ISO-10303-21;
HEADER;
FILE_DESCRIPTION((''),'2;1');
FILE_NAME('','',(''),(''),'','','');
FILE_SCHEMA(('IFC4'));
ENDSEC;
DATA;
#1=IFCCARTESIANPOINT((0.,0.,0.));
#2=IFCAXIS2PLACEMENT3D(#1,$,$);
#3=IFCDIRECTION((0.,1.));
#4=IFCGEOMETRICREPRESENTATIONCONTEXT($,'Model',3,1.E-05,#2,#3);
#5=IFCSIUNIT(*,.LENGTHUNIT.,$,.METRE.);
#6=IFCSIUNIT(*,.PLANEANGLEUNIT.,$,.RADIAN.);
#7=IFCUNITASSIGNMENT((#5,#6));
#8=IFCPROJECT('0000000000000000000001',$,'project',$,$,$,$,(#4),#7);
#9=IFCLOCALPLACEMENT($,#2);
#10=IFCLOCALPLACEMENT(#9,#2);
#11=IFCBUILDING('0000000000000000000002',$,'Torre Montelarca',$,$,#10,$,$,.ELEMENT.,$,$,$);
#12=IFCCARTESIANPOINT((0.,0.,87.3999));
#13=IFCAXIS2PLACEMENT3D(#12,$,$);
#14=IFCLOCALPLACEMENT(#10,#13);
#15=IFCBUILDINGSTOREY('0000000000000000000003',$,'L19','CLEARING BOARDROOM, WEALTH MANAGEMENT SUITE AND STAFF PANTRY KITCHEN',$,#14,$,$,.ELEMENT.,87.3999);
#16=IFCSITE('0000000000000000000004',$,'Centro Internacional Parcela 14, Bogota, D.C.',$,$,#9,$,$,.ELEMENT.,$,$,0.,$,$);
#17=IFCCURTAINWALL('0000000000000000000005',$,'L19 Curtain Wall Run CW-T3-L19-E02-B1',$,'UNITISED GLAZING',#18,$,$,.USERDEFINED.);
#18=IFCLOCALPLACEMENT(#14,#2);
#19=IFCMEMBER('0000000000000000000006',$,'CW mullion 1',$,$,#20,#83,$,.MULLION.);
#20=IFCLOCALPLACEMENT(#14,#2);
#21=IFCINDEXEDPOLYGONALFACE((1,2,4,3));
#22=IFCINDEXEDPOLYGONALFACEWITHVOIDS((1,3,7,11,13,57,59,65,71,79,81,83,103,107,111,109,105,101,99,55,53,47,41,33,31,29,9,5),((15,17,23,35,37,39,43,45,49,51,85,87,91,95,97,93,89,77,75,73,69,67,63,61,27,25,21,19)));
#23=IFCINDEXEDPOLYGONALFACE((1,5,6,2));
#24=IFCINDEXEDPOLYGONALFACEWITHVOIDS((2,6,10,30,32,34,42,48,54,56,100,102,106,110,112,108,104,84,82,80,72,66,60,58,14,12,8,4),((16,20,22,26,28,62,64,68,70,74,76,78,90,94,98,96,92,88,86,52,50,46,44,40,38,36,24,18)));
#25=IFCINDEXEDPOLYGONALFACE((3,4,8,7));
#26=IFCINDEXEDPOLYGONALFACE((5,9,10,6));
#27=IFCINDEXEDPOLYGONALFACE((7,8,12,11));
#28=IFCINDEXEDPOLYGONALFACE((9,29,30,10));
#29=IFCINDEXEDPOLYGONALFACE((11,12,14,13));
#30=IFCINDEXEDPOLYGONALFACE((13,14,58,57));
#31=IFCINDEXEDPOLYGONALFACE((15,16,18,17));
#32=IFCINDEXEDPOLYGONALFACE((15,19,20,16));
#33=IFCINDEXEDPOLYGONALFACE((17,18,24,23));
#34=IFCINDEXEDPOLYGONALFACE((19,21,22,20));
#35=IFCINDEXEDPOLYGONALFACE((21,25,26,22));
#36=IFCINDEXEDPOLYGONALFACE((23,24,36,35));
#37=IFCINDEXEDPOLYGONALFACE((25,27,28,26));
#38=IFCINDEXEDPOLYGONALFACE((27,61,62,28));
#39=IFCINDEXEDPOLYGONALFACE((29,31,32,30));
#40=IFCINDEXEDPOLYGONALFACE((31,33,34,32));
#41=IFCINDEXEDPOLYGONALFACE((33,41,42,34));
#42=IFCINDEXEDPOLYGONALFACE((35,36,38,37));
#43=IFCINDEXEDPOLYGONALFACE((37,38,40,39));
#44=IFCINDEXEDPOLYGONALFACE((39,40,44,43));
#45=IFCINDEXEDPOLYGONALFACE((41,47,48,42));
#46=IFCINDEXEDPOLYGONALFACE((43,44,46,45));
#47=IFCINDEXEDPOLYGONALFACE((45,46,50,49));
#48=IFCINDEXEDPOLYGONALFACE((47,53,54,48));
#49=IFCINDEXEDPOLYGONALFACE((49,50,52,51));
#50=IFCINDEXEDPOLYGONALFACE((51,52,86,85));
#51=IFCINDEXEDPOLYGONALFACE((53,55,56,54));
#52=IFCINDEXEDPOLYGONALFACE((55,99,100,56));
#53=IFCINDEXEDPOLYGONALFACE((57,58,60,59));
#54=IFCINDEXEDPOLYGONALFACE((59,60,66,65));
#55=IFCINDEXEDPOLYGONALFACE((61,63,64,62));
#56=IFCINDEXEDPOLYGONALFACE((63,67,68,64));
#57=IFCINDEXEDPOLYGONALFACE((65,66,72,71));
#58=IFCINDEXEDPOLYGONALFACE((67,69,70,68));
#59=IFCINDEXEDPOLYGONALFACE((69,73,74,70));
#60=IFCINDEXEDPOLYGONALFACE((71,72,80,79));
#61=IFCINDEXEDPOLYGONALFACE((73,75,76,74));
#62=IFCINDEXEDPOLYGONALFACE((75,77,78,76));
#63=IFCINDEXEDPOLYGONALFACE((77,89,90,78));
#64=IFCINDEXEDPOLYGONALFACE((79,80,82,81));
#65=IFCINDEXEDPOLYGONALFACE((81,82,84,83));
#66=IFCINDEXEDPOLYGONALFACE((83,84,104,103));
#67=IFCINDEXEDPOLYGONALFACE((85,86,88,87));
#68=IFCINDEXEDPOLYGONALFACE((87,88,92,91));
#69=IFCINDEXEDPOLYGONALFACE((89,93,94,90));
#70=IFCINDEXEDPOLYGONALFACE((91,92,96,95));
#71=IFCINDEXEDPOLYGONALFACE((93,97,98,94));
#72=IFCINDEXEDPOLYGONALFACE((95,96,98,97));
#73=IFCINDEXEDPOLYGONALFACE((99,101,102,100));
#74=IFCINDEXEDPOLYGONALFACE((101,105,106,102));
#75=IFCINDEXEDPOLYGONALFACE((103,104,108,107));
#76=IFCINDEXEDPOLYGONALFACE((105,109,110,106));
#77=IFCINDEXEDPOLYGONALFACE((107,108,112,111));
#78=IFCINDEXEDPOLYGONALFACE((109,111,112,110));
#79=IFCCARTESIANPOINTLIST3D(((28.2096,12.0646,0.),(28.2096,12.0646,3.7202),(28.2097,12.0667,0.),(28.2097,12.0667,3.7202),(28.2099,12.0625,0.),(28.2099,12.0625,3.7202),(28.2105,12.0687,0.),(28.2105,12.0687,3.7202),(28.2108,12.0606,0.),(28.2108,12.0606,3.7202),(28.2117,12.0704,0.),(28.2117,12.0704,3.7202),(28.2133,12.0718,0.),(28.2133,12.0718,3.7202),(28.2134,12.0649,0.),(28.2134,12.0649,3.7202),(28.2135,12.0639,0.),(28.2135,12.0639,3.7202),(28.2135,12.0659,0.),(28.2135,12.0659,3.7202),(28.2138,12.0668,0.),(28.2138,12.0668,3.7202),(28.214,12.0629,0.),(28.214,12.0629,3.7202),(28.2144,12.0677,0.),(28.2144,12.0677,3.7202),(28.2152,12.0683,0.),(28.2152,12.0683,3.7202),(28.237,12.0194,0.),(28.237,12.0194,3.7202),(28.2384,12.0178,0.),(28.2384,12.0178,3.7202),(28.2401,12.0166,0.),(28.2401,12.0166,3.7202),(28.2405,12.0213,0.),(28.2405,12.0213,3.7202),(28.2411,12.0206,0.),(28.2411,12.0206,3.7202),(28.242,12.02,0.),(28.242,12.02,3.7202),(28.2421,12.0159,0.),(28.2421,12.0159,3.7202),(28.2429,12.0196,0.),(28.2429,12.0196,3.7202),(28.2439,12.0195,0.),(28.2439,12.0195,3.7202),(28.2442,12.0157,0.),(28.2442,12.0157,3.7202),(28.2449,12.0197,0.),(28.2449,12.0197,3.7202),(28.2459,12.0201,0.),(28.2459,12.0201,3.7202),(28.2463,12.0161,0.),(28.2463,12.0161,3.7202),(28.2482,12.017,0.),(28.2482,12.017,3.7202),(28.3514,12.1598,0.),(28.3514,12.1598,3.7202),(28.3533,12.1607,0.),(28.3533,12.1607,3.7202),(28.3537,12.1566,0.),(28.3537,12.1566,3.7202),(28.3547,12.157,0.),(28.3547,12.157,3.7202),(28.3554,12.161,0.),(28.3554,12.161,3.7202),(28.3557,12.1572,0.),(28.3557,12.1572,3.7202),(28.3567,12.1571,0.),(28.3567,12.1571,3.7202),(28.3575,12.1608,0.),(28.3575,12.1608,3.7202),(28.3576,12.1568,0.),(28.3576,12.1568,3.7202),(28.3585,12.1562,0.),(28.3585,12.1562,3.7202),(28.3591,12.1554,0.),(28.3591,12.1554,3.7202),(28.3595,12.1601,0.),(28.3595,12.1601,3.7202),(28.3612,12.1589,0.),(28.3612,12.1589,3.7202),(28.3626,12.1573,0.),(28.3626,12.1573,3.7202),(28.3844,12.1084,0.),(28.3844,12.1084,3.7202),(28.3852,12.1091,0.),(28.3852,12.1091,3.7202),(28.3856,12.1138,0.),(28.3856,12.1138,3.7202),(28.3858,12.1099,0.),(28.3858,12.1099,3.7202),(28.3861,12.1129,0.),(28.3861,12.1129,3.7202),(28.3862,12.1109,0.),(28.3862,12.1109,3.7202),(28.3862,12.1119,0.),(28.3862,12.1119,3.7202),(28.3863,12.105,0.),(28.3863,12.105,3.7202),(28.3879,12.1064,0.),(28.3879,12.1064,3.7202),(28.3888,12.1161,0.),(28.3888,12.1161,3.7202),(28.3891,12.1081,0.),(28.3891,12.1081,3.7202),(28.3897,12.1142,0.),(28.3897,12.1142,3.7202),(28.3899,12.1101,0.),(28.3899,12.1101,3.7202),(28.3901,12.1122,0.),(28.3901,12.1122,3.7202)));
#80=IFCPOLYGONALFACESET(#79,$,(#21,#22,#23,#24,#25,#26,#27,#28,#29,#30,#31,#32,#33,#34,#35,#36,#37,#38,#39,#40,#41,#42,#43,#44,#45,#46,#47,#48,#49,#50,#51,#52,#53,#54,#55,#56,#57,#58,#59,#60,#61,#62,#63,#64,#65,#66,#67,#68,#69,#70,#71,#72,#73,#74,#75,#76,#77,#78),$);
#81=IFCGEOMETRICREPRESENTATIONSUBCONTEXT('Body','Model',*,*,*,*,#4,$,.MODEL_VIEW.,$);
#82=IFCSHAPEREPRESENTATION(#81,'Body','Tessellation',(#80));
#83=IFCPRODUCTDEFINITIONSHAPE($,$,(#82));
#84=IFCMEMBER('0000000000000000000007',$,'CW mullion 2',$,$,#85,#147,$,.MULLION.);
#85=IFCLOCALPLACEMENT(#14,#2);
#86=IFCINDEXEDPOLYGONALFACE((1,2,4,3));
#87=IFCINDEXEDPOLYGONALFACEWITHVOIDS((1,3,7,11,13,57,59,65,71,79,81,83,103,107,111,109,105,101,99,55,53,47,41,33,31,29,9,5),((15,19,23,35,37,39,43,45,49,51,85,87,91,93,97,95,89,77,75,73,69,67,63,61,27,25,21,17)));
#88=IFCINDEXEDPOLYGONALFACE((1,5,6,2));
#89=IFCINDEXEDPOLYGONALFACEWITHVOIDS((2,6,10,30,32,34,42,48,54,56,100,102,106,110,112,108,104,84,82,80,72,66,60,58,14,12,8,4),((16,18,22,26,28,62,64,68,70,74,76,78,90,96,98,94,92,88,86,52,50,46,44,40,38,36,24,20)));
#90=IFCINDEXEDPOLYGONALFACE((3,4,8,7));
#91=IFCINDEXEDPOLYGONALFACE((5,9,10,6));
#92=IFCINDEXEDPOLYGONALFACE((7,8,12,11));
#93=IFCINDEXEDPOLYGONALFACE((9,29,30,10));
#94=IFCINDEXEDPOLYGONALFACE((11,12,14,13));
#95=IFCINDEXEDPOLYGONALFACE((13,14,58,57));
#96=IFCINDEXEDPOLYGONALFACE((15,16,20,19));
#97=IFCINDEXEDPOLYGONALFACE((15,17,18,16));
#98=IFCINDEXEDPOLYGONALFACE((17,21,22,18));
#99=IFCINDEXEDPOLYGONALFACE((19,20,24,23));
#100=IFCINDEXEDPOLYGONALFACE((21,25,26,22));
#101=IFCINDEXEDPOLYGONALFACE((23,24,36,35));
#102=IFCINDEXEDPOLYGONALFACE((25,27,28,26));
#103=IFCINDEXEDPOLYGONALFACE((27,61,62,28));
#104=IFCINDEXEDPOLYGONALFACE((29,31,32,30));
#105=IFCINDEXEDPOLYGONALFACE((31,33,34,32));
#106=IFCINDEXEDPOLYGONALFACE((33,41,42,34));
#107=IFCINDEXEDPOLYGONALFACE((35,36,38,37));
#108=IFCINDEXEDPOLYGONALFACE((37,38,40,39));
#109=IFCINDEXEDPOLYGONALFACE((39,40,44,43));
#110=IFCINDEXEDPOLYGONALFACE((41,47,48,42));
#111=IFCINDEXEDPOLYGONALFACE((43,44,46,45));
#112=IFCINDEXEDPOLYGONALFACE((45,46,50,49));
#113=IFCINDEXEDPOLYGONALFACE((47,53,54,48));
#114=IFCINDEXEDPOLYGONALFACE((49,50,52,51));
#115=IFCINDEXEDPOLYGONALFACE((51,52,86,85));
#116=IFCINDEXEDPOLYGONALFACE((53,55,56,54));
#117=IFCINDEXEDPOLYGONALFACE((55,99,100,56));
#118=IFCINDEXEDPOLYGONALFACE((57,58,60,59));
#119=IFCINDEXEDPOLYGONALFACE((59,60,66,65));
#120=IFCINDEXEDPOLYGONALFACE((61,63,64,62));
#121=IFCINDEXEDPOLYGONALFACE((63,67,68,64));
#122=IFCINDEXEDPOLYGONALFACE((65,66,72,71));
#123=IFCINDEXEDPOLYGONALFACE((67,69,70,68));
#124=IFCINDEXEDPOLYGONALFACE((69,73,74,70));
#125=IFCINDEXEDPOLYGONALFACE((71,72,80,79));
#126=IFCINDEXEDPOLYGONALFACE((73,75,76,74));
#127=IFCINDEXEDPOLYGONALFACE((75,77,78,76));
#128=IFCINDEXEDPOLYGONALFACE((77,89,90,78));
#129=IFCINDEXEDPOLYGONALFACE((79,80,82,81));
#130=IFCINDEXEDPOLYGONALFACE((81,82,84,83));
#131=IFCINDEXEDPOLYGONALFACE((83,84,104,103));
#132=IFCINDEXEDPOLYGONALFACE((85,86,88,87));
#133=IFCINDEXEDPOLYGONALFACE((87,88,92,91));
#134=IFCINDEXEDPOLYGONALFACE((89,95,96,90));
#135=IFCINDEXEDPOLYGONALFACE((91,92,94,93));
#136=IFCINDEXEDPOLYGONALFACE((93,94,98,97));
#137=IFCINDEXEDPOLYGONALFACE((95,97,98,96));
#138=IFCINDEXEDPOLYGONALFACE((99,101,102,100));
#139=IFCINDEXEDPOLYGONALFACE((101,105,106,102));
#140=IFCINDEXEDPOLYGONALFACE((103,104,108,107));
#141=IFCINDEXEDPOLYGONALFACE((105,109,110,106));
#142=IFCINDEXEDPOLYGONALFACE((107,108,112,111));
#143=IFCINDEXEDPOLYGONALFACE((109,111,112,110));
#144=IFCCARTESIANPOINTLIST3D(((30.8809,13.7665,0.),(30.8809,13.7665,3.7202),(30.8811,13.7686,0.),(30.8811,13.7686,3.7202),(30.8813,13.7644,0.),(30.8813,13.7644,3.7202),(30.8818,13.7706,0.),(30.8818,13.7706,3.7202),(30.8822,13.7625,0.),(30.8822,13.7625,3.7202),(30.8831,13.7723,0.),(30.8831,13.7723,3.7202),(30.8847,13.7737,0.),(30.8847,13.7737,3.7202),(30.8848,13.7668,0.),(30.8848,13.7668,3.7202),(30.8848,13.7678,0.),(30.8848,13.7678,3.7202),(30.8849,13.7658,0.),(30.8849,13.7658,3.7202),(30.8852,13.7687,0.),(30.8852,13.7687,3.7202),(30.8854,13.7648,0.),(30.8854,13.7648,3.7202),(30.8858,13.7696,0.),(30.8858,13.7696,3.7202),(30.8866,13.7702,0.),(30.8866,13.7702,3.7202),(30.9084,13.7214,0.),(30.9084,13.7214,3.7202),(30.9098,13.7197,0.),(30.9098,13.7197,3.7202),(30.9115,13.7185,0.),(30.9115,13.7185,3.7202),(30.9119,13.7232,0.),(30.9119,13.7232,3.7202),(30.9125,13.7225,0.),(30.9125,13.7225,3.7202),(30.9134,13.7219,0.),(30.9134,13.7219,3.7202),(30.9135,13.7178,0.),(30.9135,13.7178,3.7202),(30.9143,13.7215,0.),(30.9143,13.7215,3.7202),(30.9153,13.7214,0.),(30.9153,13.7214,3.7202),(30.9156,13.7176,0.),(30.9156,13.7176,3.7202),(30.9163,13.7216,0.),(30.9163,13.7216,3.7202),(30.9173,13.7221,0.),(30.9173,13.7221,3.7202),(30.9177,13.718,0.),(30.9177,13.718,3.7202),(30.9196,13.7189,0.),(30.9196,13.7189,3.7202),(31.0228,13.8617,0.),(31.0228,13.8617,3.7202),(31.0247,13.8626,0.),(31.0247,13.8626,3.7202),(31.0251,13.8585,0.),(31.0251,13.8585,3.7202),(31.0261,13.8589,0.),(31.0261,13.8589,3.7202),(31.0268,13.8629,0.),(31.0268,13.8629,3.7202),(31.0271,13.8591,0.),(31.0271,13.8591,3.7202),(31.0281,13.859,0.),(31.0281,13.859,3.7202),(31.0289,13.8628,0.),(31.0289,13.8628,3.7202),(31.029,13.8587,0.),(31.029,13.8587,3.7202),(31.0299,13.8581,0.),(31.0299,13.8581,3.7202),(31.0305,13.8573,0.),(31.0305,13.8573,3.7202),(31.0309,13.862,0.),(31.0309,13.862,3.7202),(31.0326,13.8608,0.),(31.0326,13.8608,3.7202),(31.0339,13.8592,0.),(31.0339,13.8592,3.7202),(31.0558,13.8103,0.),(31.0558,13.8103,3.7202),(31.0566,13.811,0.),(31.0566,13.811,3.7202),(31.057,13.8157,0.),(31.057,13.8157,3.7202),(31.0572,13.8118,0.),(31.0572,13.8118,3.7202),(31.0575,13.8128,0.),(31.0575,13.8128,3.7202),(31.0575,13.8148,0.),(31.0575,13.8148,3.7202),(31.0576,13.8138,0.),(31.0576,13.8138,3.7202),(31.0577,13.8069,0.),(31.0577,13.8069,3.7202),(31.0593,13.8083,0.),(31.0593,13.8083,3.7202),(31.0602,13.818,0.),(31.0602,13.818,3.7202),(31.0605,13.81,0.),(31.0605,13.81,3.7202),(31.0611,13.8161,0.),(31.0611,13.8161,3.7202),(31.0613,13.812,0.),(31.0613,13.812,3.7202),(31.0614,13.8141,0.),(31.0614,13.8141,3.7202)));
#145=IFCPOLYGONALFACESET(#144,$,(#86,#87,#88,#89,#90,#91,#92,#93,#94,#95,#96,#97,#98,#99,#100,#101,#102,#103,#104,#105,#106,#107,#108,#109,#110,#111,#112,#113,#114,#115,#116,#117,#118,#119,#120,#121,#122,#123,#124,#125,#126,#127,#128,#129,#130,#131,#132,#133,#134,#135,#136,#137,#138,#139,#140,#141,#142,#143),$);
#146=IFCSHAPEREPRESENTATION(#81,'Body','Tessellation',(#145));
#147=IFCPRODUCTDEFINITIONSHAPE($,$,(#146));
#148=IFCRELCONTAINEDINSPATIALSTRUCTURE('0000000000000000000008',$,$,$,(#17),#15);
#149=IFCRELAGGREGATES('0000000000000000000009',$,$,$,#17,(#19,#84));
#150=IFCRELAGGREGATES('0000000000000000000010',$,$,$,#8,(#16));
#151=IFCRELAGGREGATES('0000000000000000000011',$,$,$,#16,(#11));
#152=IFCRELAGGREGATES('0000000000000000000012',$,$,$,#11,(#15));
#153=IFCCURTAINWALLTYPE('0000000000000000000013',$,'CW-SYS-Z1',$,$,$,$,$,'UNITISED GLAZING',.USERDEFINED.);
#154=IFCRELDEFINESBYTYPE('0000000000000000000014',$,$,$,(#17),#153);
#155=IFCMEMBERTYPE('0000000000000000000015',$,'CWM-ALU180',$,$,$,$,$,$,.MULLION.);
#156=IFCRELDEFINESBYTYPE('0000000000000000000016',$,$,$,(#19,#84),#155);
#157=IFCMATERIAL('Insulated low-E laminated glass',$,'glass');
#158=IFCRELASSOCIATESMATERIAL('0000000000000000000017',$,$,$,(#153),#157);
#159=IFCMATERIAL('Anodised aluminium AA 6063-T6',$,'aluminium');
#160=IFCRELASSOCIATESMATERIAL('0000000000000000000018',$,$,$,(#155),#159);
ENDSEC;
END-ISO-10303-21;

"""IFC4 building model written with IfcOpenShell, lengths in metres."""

from ifc_helpers import new_model, si_unit, direction, frame, origin, origin_2d, place, context, subcontext, project, spatial, hollow_rectangle, extrude, source, transform, mapped, material, material_profile, profile_set, type_object, element, aggregate, save


model = new_model("IFC4")

# Units and contexts
model_context = context("Model", 3, precision=1e-05, world=origin(), true_north=direction((0.0, 1.0)))
body_context = subcontext(model_context, "Body", "Model", "MODEL_VIEW")
ifc_project = project(units=[si_unit("LENGTHUNIT", "METRE"), si_unit("PLANEANGLEUNIT", "RADIAN")], contexts=[model_context])

# Site, building, storey
site_placement = place(None, origin())
site = spatial("IfcSite", under=ifc_project, at=site_placement, Name="Centro Internacional Parcela 14, Bogota, D.C.", CompositionType="ELEMENT", RefElevation=0.0)
building_placement = place(site_placement, origin())
building = spatial("IfcBuilding", under=site, at=building_placement, Name="Torre Montelarca", CompositionType="ELEMENT")
storey_placement = place(building_placement, frame((0.0, 0.0, 87.3999)))
storey = spatial("IfcBuildingStorey", under=building, at=storey_placement, Name="L19", Description="CLEARING BOARDROOM, WEALTH MANAGEMENT SUITE AND STAFF PANTRY KITCHEN", CompositionType="ELEMENT", Elevation=87.3999)

# Curtain wall
ifc_material_1 = material(Name="Insulated low-E laminated glass", Category="glass")
curtain_wall_type = type_object("IfcCurtainWallType", Name="CW-SYS-Z1", ElementType="UNITISED GLAZING", PredefinedType="USERDEFINED", material=ifc_material_1)
ifc_material_2 = material(Name="Anodised aluminium AA 6063-T6", Category="aluminium")
curtain_wall_1_placement = place(storey_placement, origin())
curtain_wall_1 = element("IfcCurtainWall", 1, at=curtain_wall_1_placement, inside=storey, type_object=curtain_wall_type, Name="L19 Curtain Wall Run CW-T3-L19-E02-B1", ObjectType="UNITISED GLAZING", PredefinedType="USERDEFINED")

# Shared definitions
ifc_material_profile_1 = material_profile(ifc_material_2, hollow_rectangle(XDim=0.0649, YDim=0.1799, WallThickness=0.0039, InnerFilletRadius=0.0039, OuterFilletRadius=0.0081, at=origin_2d()), Name="ALU65X180X4", Category="aluminium")
ifc_profile_set_1 = profile_set([ifc_material_profile_1], Name="Anodised aluminium AA 6063-T6")
member_type_1 = type_object("IfcMemberType", Name="CWM-ALU180", PredefinedType="MULLION", material=ifc_profile_set_1)
shared_shape_1 = source(origin(), body_context, "Body", "SweptSolid", [
    extrude(hollow_rectangle(XDim=0.0649, YDim=0.1799, WallThickness=0.0039, InnerFilletRadius=0.0039, OuterFilletRadius=0.0081, at=origin_2d()), origin(), (0.0, 0.0, 1.0), 3.7202),
])

# Members
member_1_placement = place(storey_placement, frame((28.2998, 12.0884, 0.0), z_axis=(0.0, 0.0, 1.0), x_axis=(-0.537312, 0.843383, 0.0)))
member_1 = element("IfcMember", 2, at=member_1_placement, type_object=member_type_1, Name="CW mullion 1", PredefinedType="MULLION", context=body_context, shape_type="MappedRepresentation", body=[
    mapped(shared_shape_1, transform((0.0, 0.0, 0.0), scale=1.0)),
])
member_2_placement = place(storey_placement, frame((30.9712, 13.7903, 0.0), z_axis=(0.0, 0.0, 1.0), x_axis=(-0.537312, 0.843383, 0.0)))
member_2 = element("IfcMember", 3, at=member_2_placement, type_object=member_type_1, Name="CW mullion 2", PredefinedType="MULLION", context=body_context, shape_type="MappedRepresentation", body=[
    mapped(shared_shape_1, transform((0.0, 0.0, 0.0), scale=1.0)),
])

aggregate(curtain_wall_1, [member_1, member_2])

save(model, "model.ifc")
